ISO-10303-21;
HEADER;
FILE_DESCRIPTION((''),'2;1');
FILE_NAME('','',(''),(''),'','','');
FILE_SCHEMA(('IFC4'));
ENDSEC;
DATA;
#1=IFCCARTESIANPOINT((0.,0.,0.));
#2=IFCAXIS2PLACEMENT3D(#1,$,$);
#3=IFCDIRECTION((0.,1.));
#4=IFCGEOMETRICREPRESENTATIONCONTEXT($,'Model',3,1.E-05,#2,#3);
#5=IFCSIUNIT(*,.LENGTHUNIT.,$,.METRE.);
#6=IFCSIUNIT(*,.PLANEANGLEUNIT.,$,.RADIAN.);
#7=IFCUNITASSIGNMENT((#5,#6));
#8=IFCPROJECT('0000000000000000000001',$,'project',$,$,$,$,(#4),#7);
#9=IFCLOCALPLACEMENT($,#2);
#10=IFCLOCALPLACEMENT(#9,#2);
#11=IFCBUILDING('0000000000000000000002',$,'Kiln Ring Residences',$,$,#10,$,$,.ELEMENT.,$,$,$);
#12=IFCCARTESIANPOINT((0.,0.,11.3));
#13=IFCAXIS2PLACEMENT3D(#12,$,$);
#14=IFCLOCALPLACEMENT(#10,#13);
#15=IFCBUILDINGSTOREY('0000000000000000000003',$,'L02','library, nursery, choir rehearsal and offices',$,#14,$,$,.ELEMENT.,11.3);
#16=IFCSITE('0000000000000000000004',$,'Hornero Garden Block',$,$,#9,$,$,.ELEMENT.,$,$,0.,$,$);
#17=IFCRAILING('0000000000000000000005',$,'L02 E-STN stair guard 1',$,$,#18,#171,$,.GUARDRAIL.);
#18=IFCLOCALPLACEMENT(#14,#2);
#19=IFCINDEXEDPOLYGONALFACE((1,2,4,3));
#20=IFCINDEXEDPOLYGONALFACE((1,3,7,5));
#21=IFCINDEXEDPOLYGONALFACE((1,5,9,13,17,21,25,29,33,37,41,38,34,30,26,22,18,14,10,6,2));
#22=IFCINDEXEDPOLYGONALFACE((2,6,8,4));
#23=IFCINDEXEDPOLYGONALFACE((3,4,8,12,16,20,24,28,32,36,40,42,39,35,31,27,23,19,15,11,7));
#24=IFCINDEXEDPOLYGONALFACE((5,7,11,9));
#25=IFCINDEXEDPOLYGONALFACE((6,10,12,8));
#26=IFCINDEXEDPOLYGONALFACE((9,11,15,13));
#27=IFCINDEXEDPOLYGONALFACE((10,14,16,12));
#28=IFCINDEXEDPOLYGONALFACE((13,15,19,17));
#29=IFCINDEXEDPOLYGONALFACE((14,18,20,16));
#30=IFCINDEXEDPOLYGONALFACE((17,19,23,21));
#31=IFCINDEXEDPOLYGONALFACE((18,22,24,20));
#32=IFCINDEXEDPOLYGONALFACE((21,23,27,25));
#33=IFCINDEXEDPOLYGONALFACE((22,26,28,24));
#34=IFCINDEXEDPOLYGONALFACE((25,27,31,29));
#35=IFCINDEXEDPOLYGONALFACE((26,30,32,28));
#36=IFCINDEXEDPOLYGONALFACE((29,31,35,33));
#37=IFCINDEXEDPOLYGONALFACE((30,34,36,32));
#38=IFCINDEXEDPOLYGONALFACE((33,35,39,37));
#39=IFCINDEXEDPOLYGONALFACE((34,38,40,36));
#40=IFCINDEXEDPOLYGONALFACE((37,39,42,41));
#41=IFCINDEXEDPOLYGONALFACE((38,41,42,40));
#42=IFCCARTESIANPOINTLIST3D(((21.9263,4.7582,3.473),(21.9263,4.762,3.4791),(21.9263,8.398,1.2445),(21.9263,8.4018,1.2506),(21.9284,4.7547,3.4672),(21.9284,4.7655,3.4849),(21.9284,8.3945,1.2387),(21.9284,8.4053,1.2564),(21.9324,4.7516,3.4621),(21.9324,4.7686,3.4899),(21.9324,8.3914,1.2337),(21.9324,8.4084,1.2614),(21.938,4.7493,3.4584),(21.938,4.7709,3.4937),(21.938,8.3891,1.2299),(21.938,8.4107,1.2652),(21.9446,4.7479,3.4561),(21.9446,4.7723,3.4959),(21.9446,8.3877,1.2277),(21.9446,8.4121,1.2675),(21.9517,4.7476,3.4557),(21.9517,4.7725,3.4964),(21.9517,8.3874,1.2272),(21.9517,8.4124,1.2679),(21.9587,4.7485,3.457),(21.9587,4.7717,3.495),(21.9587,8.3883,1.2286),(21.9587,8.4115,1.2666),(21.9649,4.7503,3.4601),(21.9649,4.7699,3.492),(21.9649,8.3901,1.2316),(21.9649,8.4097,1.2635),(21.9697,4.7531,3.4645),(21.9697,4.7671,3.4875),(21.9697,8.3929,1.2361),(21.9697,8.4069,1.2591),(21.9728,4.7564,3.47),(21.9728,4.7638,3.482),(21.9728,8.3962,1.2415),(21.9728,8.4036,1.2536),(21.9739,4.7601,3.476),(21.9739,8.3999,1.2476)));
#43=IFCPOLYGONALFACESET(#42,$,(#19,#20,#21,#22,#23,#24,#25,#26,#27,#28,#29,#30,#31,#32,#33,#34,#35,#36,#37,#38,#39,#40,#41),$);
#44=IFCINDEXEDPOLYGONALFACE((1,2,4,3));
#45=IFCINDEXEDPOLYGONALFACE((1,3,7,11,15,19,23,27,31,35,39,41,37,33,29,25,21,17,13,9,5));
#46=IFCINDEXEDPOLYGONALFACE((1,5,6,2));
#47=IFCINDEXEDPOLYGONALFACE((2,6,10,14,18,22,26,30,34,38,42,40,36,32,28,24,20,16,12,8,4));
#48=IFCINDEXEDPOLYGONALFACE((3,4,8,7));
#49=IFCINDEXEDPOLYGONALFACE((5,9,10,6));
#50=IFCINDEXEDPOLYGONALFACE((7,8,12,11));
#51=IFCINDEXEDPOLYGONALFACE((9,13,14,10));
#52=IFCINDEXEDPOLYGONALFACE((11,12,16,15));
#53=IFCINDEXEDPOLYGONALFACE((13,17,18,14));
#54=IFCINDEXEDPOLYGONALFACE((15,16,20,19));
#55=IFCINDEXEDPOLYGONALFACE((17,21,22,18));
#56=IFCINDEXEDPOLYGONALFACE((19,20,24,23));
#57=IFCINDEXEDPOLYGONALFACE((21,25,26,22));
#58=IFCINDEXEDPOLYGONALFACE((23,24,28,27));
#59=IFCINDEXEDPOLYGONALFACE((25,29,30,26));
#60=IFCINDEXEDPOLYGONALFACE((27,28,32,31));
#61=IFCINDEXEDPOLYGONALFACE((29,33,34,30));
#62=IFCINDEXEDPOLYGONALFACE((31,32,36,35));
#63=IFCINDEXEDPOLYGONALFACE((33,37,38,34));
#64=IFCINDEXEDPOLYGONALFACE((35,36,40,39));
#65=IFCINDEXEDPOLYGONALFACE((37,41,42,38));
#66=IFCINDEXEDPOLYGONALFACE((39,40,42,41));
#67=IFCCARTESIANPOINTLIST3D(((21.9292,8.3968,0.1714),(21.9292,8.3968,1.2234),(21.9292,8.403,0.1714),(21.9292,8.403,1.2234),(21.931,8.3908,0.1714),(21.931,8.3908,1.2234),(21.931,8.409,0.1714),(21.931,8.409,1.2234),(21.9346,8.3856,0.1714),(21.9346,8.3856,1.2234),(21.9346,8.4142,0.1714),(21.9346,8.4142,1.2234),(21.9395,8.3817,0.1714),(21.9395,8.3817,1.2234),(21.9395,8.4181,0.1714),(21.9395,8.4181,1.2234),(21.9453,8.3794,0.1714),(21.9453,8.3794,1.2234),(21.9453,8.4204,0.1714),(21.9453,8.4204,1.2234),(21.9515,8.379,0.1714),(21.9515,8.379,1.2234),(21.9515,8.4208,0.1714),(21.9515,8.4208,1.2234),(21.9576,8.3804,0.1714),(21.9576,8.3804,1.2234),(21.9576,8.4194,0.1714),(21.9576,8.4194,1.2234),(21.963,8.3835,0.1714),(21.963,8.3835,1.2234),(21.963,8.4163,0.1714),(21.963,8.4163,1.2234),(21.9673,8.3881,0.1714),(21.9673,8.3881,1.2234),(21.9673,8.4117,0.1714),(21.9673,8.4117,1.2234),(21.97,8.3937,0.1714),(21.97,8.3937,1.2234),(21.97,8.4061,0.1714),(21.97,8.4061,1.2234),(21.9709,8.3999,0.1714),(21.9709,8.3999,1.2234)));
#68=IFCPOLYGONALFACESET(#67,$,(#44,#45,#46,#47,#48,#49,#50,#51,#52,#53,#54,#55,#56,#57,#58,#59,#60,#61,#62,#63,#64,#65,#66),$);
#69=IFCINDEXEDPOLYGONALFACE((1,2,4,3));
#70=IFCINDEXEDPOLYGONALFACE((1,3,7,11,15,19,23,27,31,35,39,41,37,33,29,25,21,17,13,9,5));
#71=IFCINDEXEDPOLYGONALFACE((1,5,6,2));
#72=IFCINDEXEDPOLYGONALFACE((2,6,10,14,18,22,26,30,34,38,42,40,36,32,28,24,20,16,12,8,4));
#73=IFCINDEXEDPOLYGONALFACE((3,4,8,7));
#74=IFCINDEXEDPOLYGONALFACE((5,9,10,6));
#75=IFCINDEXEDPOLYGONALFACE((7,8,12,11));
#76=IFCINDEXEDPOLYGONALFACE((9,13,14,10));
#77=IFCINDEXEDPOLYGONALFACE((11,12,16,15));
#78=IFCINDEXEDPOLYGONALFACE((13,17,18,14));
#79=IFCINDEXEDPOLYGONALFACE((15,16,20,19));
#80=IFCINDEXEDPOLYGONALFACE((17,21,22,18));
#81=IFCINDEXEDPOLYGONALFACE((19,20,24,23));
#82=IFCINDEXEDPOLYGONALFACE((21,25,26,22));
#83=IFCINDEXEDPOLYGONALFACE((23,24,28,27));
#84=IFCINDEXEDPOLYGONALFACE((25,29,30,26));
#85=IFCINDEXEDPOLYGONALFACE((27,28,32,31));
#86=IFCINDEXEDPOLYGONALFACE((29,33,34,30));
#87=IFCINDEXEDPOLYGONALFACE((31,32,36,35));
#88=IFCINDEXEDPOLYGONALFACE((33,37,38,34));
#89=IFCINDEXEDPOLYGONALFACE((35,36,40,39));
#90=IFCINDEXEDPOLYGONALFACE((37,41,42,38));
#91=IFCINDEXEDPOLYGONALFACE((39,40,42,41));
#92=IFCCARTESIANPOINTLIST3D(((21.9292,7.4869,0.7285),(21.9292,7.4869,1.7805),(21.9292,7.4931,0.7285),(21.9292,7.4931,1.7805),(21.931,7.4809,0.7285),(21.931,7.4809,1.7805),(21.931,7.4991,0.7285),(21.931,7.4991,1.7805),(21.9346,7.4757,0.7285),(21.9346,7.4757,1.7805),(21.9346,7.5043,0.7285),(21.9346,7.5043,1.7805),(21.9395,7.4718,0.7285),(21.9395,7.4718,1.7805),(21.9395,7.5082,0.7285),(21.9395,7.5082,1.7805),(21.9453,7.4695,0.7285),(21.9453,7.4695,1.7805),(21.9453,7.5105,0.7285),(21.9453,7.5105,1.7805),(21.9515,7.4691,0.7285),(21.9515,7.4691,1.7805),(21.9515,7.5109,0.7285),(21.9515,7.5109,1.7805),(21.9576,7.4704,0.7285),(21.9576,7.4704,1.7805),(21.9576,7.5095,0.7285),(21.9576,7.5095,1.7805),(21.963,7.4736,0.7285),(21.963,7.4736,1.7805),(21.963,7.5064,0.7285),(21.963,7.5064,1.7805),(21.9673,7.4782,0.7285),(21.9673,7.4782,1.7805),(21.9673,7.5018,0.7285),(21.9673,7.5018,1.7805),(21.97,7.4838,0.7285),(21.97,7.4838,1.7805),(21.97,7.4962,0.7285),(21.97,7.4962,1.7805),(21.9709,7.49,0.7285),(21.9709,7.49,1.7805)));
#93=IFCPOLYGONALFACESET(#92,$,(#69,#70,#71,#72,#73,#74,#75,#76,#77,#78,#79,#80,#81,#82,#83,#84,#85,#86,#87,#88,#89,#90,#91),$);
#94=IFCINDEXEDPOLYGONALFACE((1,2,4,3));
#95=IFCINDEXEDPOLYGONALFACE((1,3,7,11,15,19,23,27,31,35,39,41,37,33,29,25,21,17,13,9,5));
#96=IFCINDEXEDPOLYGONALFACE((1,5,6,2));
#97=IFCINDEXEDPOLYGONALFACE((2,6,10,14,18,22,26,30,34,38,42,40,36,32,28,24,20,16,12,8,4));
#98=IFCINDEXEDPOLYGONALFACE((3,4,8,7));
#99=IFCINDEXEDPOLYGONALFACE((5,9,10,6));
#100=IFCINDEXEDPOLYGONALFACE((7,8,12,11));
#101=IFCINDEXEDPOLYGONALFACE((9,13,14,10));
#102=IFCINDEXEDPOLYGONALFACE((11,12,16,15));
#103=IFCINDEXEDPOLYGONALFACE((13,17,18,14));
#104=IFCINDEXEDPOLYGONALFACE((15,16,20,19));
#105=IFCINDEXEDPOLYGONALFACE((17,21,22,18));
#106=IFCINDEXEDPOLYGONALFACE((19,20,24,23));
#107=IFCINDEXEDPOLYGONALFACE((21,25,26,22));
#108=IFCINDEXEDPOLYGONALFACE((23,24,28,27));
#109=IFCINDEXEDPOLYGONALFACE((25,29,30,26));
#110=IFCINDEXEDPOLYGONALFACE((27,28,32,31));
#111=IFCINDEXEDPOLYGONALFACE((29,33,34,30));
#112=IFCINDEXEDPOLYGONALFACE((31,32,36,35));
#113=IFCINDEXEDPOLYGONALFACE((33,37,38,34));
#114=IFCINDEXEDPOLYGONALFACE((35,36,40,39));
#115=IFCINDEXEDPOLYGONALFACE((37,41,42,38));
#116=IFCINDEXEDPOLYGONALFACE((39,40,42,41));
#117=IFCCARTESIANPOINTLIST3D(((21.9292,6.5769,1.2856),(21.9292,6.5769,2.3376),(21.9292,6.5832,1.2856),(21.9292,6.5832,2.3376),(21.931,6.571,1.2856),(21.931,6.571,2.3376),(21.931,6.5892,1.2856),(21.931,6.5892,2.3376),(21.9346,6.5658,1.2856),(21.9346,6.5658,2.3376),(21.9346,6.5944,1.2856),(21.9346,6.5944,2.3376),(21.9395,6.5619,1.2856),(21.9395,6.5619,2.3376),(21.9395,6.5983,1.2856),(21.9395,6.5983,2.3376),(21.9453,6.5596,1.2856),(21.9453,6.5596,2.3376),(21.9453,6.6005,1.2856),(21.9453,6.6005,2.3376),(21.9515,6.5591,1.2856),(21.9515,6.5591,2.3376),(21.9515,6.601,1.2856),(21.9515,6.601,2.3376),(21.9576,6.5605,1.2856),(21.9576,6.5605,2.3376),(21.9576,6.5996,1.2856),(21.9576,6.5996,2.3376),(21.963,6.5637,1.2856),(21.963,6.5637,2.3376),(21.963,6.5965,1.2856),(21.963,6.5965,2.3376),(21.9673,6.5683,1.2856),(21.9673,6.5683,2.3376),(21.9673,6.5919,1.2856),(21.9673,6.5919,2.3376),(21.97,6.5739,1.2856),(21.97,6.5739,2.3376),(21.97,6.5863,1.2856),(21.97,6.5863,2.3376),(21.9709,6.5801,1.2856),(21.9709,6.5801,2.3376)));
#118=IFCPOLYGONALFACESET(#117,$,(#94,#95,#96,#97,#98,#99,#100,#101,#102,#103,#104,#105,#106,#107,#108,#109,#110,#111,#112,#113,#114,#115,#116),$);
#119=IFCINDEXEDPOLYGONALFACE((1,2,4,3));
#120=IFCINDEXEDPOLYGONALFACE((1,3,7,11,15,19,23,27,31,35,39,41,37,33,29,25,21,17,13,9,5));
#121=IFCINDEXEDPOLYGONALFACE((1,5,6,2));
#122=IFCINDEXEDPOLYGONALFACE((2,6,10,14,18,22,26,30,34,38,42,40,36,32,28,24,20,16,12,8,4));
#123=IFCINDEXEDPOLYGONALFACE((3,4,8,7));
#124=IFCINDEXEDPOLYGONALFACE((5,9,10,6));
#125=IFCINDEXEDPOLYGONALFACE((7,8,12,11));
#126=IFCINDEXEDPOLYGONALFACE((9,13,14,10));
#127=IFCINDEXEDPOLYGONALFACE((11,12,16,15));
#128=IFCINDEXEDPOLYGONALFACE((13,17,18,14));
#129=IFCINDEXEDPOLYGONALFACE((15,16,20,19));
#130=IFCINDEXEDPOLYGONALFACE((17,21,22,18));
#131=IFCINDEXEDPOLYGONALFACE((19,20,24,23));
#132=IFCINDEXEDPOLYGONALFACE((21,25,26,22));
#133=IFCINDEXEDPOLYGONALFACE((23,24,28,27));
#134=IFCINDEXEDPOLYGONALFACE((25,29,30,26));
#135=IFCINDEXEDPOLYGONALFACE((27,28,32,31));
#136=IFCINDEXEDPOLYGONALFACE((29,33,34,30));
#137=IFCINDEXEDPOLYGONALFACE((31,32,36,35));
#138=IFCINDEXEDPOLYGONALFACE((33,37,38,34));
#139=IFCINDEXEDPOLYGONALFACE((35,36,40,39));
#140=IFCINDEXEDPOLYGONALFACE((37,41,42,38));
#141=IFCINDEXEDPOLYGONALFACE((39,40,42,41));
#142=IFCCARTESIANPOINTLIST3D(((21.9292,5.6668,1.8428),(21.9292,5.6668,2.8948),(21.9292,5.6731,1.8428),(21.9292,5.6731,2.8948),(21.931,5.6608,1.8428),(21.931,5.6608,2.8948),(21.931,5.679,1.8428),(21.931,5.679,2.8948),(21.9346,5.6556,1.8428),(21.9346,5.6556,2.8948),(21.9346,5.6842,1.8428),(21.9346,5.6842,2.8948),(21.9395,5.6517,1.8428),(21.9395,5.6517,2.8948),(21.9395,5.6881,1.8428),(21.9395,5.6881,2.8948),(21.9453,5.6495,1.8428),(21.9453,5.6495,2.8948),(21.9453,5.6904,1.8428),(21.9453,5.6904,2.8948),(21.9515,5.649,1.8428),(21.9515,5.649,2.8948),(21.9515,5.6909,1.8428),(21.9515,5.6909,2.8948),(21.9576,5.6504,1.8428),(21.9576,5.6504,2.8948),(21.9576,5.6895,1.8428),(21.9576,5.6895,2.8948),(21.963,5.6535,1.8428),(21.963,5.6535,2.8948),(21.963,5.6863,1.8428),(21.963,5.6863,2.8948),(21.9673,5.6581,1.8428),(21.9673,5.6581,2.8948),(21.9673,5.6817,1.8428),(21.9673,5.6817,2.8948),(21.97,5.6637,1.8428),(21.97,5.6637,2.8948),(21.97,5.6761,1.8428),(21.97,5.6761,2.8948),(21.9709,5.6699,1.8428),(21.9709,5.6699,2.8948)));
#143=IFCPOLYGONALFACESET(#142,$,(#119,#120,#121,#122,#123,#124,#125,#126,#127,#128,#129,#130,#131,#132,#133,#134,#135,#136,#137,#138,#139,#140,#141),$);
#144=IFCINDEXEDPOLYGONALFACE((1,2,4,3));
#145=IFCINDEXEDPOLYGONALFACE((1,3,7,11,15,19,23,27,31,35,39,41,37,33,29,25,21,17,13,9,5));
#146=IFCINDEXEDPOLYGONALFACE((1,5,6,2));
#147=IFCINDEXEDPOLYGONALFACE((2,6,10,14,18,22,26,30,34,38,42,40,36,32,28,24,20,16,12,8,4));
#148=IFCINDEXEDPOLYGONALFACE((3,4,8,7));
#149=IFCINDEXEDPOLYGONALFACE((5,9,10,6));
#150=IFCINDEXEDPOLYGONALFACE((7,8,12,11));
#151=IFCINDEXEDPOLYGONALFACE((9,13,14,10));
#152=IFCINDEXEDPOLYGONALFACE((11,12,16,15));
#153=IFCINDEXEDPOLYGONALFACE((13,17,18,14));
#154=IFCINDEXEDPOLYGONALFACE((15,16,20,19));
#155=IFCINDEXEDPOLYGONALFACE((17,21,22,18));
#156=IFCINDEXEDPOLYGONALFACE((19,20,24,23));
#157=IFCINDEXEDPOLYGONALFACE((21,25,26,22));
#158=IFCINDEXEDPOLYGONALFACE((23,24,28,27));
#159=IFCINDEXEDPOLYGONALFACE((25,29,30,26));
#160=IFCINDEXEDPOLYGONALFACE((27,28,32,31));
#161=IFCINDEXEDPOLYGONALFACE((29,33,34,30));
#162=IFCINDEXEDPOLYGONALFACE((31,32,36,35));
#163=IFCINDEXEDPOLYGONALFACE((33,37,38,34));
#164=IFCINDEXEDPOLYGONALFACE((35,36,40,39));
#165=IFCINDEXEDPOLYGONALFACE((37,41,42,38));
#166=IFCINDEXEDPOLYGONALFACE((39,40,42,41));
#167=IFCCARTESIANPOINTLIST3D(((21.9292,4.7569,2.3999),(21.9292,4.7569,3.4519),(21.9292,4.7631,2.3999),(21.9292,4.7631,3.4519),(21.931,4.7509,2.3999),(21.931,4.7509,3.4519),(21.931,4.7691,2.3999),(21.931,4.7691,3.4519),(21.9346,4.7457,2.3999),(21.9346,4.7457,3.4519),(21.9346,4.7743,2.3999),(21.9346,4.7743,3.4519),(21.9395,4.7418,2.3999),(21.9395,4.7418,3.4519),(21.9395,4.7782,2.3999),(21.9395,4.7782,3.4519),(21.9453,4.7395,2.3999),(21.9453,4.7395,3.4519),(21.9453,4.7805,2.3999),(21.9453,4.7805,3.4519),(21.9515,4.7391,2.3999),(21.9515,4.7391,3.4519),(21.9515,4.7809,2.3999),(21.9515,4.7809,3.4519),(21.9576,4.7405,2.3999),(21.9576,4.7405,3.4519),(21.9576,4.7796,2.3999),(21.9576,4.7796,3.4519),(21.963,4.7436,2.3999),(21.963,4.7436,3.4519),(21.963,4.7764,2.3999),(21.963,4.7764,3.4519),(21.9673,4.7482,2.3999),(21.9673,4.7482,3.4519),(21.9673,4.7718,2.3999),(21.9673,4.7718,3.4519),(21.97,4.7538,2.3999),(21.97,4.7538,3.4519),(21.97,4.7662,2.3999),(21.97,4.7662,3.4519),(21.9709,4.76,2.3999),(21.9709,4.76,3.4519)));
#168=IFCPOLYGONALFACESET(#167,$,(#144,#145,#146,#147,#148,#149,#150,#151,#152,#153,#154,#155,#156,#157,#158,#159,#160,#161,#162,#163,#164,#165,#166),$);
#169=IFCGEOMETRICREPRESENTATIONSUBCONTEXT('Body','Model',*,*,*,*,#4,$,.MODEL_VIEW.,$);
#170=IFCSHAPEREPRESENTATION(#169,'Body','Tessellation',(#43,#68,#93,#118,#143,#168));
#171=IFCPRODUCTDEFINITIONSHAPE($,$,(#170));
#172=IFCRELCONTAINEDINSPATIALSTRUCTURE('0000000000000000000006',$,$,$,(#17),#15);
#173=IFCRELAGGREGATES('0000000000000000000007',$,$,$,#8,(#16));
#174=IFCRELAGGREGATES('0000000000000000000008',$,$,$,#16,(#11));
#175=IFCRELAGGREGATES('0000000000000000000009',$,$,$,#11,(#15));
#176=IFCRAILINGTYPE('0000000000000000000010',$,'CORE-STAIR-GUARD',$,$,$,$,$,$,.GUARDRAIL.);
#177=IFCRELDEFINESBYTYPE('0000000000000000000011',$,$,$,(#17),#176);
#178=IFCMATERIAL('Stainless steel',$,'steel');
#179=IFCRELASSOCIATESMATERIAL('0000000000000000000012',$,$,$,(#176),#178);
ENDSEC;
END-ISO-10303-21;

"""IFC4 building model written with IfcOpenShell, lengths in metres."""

from ifc_helpers import new_model, si_unit, direction, frame, origin, origin_2d, place, context, subcontext, project, spatial, circle, extrude, material, type_object, element, save


model = new_model("IFC4")

# Units and contexts
model_context = context("Model", 3, precision=1e-05, world=origin(), true_north=direction((0.0, 1.0)))
body_context = subcontext(model_context, "Body", "Model", "MODEL_VIEW")
ifc_project = project(units=[si_unit("LENGTHUNIT", "METRE"), si_unit("PLANEANGLEUNIT", "RADIAN")], contexts=[model_context])

# Site, building, storey
site_placement = place(None, origin())
site = spatial("IfcSite", under=ifc_project, at=site_placement, Name="Hornero Garden Block", CompositionType="ELEMENT", RefElevation=0.0)
building_placement = place(site_placement, origin())
building = spatial("IfcBuilding", under=site, at=building_placement, Name="Kiln Ring Residences", CompositionType="ELEMENT")
storey_placement = place(building_placement, frame((0.0, 0.0, 11.3)))
storey = spatial("IfcBuildingStorey", under=building, at=storey_placement, Name="L02", Description="library, nursery, choir rehearsal and offices", CompositionType="ELEMENT", Elevation=11.3)

# Railing
ifc_material_1 = material(Name="Stainless steel", Category="steel")
railing_type_1 = type_object("IfcRailingType", Name="CORE-STAIR-GUARD", PredefinedType="GUARDRAIL", material=ifc_material_1)
railing_1_placement = place(storey_placement, frame((21.95, 8.3999, 0.1714)))
element("IfcRailing", 1, at=railing_1_placement, inside=storey, type_object=railing_type_1, Name="L02 E-STN stair guard 1", PredefinedType="GUARDRAIL", context=body_context, shape_type="SweptSolid", body=[
    extrude(circle(Radius=0.0239, at=origin_2d()), frame((0.0, 0.0, 1.0762), z_axis=(0.0, -0.85285, 0.522156), x_axis=(1.0, 0.0, 0.0)), (0.0, 0.0, 1.0), 4.2678),
    extrude(circle(Radius=0.021, at=origin_2d()), origin(), (0.0, 0.0, 1.0), 1.052),
    extrude(circle(Radius=0.021, at=origin_2d()), frame((0.0, -0.9099, 0.5571)), (0.0, 0.0, 1.0), 1.052),
    extrude(circle(Radius=0.021, at=origin_2d()), frame((0.0, -1.8198, 1.1143)), (0.0, 0.0, 1.0), 1.052),
    extrude(circle(Radius=0.021, at=origin_2d()), frame((0.0, -2.73, 1.6714)), (0.0, 0.0, 1.0), 1.052),
    extrude(circle(Radius=0.021, at=origin_2d()), frame((0.0, -3.6399, 2.2285)), (0.0, 0.0, 1.0), 1.052),
])

save(model, "model.ifc")
